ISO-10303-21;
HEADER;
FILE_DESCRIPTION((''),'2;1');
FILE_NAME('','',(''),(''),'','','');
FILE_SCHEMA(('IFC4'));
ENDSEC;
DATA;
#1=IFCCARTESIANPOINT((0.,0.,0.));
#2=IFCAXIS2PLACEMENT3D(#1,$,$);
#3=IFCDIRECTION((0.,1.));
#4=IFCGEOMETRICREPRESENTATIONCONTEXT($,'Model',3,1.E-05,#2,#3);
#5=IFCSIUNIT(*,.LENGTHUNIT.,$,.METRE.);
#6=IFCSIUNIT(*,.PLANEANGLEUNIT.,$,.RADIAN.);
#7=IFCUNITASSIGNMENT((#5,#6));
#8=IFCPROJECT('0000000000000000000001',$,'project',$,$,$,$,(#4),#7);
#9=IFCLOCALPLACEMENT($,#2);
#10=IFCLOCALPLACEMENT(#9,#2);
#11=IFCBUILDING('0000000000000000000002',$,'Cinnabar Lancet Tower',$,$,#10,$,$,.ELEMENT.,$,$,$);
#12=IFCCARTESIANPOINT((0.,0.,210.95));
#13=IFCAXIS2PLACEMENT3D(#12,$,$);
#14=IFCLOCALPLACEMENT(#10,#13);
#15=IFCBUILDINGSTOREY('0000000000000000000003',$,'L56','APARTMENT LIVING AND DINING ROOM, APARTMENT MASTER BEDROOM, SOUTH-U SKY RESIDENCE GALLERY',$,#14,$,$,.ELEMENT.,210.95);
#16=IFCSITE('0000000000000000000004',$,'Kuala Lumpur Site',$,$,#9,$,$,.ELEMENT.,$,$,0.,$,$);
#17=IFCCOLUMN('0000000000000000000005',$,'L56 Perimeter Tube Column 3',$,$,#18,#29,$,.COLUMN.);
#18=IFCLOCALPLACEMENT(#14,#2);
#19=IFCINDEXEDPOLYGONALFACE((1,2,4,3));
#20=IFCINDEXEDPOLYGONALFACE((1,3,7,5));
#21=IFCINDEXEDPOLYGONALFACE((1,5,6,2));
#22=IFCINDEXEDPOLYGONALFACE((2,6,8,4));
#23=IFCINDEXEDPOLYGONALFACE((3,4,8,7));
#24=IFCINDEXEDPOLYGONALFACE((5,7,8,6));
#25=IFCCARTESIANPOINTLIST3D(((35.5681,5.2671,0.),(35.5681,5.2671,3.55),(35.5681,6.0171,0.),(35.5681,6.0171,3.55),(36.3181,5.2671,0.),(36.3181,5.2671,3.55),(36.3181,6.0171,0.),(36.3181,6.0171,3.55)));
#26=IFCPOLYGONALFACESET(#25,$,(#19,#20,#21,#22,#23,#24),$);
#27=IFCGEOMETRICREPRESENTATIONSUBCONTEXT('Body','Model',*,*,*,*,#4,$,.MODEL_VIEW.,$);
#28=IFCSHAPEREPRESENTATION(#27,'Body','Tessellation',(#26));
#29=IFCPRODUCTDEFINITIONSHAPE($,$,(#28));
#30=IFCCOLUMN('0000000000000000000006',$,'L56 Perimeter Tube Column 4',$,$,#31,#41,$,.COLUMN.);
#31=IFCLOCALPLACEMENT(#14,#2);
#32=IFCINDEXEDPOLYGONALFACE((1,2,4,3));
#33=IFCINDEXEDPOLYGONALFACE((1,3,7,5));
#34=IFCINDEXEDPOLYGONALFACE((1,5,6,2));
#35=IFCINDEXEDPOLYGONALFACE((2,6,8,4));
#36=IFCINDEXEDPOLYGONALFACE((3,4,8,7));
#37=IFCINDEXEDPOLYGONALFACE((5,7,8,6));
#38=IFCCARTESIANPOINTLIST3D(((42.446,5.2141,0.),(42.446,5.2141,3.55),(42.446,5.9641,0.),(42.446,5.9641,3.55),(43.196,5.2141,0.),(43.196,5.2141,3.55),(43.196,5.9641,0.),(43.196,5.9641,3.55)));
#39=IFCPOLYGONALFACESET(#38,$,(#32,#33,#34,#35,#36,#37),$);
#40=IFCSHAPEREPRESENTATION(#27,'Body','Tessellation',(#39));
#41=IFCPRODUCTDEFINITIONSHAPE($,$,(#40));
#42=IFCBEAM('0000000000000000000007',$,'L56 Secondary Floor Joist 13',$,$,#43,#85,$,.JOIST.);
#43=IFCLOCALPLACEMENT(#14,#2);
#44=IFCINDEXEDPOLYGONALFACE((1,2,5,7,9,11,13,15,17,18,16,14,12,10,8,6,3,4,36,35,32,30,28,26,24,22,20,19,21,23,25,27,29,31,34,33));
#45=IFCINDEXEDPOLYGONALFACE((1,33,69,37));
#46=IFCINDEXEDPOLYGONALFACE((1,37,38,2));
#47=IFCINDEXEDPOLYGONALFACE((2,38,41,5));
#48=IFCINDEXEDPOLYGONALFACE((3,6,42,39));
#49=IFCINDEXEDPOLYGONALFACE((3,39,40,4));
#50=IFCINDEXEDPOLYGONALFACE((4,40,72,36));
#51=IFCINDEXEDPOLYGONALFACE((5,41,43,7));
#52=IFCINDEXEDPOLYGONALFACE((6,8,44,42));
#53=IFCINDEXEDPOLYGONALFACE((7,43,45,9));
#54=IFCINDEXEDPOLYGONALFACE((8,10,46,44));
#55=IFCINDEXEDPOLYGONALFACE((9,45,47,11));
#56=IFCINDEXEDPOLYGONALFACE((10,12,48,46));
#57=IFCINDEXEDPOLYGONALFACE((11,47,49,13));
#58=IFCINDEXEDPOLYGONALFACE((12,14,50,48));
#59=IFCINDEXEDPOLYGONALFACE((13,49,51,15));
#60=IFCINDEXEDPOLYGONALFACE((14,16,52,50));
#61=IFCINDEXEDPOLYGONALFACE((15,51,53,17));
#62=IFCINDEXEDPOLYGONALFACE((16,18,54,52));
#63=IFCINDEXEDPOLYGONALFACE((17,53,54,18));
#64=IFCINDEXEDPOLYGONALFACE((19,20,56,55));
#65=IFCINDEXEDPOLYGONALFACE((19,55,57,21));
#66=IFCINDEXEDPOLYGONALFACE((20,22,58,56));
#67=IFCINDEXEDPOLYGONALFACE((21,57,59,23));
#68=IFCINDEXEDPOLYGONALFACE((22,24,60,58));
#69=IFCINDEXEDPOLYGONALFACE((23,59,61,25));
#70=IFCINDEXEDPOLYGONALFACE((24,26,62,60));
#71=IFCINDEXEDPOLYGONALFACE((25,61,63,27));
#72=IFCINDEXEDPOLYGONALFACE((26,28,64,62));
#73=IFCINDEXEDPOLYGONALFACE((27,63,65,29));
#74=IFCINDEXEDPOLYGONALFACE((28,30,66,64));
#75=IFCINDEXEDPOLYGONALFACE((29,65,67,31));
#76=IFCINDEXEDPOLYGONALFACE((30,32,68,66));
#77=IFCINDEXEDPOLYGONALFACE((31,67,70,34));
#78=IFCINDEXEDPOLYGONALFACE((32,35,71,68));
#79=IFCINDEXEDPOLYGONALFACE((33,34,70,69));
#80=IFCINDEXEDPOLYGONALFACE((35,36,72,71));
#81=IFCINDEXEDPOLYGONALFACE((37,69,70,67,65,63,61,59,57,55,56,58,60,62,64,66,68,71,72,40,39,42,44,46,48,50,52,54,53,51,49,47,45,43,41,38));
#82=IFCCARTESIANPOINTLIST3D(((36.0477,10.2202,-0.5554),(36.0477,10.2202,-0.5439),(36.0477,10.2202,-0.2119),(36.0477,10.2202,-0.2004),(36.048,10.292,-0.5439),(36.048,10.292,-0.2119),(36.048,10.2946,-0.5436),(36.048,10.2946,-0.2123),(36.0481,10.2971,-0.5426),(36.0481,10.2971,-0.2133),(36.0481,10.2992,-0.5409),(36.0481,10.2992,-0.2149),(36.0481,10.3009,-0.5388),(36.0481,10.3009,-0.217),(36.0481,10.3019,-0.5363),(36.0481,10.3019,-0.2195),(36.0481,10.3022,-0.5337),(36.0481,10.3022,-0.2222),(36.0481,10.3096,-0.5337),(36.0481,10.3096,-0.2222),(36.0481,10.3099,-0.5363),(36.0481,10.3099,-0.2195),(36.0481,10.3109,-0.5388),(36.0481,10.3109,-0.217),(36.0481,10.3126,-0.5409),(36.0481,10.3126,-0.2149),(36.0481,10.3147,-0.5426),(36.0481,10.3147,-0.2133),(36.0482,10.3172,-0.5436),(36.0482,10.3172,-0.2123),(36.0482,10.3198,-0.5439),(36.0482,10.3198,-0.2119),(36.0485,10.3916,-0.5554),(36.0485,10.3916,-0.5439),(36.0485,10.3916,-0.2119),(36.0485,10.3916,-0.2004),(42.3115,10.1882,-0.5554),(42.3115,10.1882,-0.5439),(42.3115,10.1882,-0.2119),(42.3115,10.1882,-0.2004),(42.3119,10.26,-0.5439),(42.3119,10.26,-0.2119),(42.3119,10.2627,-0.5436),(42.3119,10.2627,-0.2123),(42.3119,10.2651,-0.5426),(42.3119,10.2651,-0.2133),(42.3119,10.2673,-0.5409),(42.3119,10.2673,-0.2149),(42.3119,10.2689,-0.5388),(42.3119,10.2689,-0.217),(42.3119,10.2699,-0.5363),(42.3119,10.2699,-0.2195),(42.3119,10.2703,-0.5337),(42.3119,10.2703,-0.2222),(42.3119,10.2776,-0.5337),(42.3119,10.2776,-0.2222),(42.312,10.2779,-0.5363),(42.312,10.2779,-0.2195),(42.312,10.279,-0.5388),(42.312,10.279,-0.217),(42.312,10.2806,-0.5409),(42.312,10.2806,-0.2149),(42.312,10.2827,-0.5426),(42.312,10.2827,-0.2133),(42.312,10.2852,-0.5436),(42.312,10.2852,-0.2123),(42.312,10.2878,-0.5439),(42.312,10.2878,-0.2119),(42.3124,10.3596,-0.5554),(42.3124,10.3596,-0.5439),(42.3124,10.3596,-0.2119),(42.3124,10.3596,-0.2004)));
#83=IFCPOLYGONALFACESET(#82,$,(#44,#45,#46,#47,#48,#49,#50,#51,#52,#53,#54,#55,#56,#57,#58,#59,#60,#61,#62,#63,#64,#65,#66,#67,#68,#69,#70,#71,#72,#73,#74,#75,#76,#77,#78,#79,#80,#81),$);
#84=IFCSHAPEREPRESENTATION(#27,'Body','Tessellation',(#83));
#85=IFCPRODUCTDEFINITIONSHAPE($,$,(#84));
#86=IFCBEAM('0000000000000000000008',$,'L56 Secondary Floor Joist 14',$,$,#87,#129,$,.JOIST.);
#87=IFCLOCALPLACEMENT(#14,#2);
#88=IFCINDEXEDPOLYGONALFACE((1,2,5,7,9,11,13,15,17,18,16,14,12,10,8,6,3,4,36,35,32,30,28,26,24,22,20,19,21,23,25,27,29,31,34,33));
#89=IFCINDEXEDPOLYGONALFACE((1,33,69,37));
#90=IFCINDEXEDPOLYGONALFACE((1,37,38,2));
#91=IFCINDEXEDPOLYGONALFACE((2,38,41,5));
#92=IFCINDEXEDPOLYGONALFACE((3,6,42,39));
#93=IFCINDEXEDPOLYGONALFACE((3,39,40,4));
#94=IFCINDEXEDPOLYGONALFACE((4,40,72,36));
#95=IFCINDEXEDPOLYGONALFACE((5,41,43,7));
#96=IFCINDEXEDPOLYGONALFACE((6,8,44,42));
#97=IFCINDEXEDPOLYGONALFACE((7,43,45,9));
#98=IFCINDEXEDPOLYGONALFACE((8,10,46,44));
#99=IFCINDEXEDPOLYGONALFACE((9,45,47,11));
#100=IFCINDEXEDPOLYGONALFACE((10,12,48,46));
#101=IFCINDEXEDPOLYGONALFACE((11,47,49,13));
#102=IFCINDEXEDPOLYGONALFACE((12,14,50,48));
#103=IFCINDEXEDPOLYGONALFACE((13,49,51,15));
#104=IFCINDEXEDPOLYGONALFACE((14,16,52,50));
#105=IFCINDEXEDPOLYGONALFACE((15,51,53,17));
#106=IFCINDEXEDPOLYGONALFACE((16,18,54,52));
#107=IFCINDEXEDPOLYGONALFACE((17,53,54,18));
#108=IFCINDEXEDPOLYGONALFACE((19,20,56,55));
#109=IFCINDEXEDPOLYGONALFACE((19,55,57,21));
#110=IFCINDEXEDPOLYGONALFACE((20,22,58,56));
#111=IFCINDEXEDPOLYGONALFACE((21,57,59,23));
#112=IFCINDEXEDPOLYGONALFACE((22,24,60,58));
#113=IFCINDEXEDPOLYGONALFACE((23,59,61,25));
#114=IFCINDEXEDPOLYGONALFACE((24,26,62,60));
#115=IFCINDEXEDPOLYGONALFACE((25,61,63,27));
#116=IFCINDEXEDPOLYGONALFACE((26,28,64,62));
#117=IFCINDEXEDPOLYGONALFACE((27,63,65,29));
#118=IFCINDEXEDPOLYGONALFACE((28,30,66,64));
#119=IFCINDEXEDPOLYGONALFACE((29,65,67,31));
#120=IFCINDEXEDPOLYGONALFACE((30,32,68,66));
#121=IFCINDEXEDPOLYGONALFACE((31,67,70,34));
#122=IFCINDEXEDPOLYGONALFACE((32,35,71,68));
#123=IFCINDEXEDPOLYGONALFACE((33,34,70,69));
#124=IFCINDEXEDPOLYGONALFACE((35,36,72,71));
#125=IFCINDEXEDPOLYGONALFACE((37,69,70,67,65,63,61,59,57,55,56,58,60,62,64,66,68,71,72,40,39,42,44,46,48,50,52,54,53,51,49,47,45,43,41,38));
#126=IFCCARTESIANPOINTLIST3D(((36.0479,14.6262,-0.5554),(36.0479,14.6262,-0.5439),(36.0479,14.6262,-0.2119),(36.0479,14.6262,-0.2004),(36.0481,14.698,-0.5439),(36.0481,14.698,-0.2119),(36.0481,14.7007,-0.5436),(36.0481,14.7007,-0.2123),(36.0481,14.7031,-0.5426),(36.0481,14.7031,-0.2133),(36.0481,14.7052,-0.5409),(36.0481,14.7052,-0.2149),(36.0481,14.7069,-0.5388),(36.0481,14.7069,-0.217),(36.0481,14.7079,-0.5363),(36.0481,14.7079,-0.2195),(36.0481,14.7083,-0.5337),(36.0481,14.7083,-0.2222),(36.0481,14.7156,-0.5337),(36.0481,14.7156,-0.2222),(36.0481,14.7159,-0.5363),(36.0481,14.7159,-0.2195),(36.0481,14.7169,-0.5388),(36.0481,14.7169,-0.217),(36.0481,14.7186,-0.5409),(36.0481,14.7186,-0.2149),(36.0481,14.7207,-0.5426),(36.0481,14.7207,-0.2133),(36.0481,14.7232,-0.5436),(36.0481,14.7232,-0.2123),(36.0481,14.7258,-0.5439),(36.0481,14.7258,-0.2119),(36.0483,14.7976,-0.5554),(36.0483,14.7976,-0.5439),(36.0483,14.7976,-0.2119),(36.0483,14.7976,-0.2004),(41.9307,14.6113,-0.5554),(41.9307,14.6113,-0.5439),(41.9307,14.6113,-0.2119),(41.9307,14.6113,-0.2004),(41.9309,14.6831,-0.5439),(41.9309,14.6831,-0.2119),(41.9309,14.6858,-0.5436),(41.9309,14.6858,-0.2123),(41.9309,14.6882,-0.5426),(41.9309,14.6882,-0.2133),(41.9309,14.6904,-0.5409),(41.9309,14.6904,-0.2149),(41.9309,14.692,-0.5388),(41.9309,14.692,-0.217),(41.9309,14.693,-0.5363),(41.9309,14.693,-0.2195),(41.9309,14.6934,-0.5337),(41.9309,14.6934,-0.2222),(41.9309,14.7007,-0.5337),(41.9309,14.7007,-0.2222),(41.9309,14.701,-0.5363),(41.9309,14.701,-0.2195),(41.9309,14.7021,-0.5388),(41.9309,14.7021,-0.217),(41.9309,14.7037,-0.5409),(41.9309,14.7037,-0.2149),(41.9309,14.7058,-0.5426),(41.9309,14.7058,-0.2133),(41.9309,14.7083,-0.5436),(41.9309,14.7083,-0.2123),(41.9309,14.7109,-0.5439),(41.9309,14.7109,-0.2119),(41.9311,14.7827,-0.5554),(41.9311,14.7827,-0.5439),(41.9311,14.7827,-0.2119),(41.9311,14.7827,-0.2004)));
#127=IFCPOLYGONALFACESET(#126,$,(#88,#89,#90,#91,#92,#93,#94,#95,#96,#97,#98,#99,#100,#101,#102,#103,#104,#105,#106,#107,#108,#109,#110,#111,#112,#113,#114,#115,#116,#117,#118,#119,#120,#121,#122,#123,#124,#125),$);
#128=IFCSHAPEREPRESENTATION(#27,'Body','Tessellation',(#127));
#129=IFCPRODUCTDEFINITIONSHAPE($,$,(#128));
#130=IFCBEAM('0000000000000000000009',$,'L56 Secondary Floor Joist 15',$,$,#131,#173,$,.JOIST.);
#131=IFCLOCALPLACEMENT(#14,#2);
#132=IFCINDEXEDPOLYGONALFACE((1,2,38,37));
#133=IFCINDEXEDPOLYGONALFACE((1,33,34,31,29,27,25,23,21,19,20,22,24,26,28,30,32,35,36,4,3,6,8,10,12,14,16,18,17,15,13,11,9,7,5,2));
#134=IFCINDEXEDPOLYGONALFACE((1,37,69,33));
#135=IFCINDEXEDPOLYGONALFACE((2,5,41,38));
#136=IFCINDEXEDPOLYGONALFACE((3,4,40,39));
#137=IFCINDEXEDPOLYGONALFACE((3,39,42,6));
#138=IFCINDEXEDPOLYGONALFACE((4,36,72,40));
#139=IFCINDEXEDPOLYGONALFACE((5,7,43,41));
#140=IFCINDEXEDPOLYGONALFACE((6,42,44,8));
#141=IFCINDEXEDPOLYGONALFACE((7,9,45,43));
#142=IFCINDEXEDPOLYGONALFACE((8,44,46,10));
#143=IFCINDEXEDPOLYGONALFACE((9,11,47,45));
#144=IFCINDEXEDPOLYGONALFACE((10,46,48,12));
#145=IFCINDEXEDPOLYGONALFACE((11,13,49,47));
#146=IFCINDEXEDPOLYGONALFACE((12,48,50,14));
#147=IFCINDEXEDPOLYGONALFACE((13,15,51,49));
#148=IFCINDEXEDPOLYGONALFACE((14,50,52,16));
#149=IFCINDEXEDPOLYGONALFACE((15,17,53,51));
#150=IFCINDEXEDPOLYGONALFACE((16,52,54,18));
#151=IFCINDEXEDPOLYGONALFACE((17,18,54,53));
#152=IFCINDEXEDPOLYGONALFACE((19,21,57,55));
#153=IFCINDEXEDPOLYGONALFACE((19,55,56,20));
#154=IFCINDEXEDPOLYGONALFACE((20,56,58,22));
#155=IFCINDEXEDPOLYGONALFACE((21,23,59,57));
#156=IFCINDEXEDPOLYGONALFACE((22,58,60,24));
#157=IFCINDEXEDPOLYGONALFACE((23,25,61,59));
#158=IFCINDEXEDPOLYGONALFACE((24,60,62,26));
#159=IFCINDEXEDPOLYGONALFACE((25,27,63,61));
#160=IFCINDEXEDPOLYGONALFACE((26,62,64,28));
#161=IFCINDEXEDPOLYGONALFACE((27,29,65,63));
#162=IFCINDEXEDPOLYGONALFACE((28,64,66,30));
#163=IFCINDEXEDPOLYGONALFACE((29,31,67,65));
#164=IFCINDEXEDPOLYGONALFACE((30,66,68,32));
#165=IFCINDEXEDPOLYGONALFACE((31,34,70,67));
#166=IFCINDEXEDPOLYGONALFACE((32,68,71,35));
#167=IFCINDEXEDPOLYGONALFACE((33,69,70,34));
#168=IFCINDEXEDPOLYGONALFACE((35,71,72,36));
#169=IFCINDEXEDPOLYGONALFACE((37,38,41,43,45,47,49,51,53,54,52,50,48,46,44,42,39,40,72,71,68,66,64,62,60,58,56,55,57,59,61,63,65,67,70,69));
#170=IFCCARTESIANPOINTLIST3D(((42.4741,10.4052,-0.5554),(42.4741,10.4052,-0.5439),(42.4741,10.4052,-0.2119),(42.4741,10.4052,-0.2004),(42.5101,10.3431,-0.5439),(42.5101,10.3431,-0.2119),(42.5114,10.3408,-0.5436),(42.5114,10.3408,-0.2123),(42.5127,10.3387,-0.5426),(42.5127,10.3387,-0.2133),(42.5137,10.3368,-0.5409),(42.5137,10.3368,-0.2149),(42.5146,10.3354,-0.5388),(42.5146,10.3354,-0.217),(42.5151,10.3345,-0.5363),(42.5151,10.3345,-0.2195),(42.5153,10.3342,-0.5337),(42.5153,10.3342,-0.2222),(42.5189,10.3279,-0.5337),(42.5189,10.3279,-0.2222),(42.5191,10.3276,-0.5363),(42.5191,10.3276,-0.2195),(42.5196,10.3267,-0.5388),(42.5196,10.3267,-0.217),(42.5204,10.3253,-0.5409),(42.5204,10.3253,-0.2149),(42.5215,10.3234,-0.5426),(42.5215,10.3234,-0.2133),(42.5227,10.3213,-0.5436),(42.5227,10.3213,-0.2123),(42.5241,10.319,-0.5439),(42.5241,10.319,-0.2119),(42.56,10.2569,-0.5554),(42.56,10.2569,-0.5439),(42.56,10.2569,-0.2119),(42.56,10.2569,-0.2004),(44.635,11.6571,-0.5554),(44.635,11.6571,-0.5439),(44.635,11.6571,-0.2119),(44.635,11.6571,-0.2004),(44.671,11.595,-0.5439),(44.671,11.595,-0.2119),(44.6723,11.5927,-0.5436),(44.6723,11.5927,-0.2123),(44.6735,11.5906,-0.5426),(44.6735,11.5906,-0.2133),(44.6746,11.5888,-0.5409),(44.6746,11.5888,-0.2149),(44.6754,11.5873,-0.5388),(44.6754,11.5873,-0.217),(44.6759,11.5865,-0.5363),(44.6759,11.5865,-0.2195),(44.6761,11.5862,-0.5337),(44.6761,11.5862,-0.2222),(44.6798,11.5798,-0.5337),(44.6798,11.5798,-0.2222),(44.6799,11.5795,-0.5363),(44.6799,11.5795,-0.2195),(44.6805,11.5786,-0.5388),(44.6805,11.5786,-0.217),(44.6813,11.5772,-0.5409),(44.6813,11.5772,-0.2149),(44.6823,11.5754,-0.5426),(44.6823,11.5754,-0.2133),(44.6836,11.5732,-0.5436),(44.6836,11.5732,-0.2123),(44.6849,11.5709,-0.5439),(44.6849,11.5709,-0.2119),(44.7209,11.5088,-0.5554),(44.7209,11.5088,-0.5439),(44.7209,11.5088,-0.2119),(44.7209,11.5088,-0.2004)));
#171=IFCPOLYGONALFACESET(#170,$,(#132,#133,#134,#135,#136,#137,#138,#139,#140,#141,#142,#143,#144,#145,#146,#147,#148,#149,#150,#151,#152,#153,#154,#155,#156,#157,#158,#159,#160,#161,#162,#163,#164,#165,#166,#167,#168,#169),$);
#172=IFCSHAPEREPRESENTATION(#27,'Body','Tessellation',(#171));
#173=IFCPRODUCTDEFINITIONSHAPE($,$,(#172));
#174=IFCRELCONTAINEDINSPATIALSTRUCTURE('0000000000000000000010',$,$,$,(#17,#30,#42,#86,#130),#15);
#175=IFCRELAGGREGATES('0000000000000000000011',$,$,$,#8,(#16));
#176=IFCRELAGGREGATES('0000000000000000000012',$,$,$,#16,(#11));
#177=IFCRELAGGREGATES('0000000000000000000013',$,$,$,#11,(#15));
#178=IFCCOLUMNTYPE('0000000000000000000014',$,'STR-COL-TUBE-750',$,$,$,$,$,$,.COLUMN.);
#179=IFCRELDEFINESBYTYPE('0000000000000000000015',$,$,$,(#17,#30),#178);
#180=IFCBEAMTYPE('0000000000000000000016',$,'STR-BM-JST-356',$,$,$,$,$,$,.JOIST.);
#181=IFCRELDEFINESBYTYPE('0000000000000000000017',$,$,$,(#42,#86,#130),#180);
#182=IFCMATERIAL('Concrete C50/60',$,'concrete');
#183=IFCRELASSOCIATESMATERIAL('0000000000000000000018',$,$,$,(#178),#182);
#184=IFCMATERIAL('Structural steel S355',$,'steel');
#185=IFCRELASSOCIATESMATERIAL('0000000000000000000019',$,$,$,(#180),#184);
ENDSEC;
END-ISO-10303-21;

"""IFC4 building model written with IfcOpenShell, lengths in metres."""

from ifc_helpers import new_model, si_unit, direction, frame, origin, origin_2d, place, context, subcontext, project, spatial, rectangle, i_section, extrude, material, material_profile, profile_set, type_object, element, save


model = new_model("IFC4")

# Units and contexts
model_context = context("Model", 3, precision=1e-05, world=origin(), true_north=direction((0.0, 1.0)))
body_context = subcontext(model_context, "Body", "Model", "MODEL_VIEW")
ifc_project = project(units=[si_unit("LENGTHUNIT", "METRE"), si_unit("PLANEANGLEUNIT", "RADIAN")], contexts=[model_context])

# Site, building, storey
site_placement = place(None, origin())
site = spatial("IfcSite", under=ifc_project, at=site_placement, Name="Kuala Lumpur Site", CompositionType="ELEMENT", RefElevation=0.0)
building_placement = place(site_placement, origin())
building = spatial("IfcBuilding", under=site, at=building_placement, Name="Cinnabar Lancet Tower", CompositionType="ELEMENT")
storey_placement = place(building_placement, frame((0.0, 0.0, 210.95)))
storey = spatial("IfcBuildingStorey", under=building, at=storey_placement, Name="L56", Description="APARTMENT LIVING AND DINING ROOM, APARTMENT MASTER BEDROOM, SOUTH-U SKY RESIDENCE GALLERY", CompositionType="ELEMENT", Elevation=210.95)

# Columns
ifc_material_1 = material(Name="Concrete C50/60", Category="concrete")
ifc_material_profile_1 = material_profile(ifc_material_1, rectangle(XDim=0.75, YDim=0.75, at=origin_2d()), Name="RC-COL 750x750")
ifc_profile_set_1 = profile_set([ifc_material_profile_1], Name="Concrete C50/60")
column_type = type_object("IfcColumnType", Name="STR-COL-TUBE-750", PredefinedType="COLUMN", material=ifc_profile_set_1)
for number, where, z_axis, x_axis, name in (
    (1, (35.9431, 5.6421, 0.0), (0.0, 0.0, 1.0), (1.0, 0.0, 0.0), "L56 Perimeter Tube Column 3"),
    (2, (42.821, 5.5891, 0.0), (0.0, 0.0, 1.0), (1.0, 0.0, 0.0), "L56 Perimeter Tube Column 4"),
):
    element("IfcColumn", number, at=place(storey_placement, frame(where, z_axis=z_axis, x_axis=x_axis)), inside=storey, type_object=column_type, Name=name, PredefinedType="COLUMN", context=body_context, shape_type="SweptSolid", body=[
        extrude(rectangle(XDim=0.75, YDim=0.75, at=origin_2d()), origin(), (0.0, 0.0, 1.0), 3.55),
    ])

# Beams
ifc_material_2 = material(Name="Structural steel S355", Category="steel")
ifc_material_profile_2 = material_profile(ifc_material_2, i_section(OverallWidth=0.1714, OverallDepth=0.355, WebThickness=0.0073, FlangeThickness=0.0115, FilletRadius=0.0103, at=origin_2d()), Name="UKB 356x171x51")
ifc_profile_set_2 = profile_set([ifc_material_profile_2], Name="Structural steel S355")
beam_type_1 = type_object("IfcBeamType", Name="STR-BM-JST-356", PredefinedType="JOIST", material=ifc_profile_set_2)
beam_1_placement = place(storey_placement, frame((36.0481, 10.3059, -0.3779), z_axis=(0.999987, -0.005106, 0.0), x_axis=(0.005106, 0.999987, 0.0)))
element("IfcBeam", 3, at=beam_1_placement, inside=storey, type_object=beam_type_1, Name="L56 Secondary Floor Joist 13", PredefinedType="JOIST", context=body_context, shape_type="SweptSolid", body=[
    extrude(i_section(OverallWidth=0.1714, OverallDepth=0.355, WebThickness=0.0073, FlangeThickness=0.0115, FilletRadius=0.0103, at=origin_2d()), origin(), (0.0, 0.0, 1.0), 6.2639),
])
beam_2_placement = place(storey_placement, frame((36.0481, 14.7119, -0.3779), z_axis=(0.999997, -0.002532, 0.0), x_axis=(0.002532, 0.999997, 0.0)))
element("IfcBeam", 4, at=beam_2_placement, inside=storey, type_object=beam_type_1, Name="L56 Secondary Floor Joist 14", PredefinedType="JOIST", context=body_context, shape_type="SweptSolid", body=[
    extrude(i_section(OverallWidth=0.1714, OverallDepth=0.355, WebThickness=0.0073, FlangeThickness=0.0115, FilletRadius=0.0103, at=origin_2d()), origin(), (0.0, 0.0, 1.0), 5.8828),
])
beam_3_placement = place(storey_placement, frame((42.5171, 10.3311, -0.3779), z_axis=(0.865268, 0.50131, 0.0), x_axis=(-0.50131, 0.865268, 0.0)))
element("IfcBeam", 5, at=beam_3_placement, inside=storey, type_object=beam_type_1, Name="L56 Secondary Floor Joist 15", PredefinedType="JOIST", context=body_context, shape_type="SweptSolid", body=[
    extrude(i_section(OverallWidth=0.1714, OverallDepth=0.355, WebThickness=0.0073, FlangeThickness=0.0115, FilletRadius=0.0103, at=origin_2d()), origin(), (0.0, 0.0, 1.0), 2.4973),
])

save(model, "model.ifc")
